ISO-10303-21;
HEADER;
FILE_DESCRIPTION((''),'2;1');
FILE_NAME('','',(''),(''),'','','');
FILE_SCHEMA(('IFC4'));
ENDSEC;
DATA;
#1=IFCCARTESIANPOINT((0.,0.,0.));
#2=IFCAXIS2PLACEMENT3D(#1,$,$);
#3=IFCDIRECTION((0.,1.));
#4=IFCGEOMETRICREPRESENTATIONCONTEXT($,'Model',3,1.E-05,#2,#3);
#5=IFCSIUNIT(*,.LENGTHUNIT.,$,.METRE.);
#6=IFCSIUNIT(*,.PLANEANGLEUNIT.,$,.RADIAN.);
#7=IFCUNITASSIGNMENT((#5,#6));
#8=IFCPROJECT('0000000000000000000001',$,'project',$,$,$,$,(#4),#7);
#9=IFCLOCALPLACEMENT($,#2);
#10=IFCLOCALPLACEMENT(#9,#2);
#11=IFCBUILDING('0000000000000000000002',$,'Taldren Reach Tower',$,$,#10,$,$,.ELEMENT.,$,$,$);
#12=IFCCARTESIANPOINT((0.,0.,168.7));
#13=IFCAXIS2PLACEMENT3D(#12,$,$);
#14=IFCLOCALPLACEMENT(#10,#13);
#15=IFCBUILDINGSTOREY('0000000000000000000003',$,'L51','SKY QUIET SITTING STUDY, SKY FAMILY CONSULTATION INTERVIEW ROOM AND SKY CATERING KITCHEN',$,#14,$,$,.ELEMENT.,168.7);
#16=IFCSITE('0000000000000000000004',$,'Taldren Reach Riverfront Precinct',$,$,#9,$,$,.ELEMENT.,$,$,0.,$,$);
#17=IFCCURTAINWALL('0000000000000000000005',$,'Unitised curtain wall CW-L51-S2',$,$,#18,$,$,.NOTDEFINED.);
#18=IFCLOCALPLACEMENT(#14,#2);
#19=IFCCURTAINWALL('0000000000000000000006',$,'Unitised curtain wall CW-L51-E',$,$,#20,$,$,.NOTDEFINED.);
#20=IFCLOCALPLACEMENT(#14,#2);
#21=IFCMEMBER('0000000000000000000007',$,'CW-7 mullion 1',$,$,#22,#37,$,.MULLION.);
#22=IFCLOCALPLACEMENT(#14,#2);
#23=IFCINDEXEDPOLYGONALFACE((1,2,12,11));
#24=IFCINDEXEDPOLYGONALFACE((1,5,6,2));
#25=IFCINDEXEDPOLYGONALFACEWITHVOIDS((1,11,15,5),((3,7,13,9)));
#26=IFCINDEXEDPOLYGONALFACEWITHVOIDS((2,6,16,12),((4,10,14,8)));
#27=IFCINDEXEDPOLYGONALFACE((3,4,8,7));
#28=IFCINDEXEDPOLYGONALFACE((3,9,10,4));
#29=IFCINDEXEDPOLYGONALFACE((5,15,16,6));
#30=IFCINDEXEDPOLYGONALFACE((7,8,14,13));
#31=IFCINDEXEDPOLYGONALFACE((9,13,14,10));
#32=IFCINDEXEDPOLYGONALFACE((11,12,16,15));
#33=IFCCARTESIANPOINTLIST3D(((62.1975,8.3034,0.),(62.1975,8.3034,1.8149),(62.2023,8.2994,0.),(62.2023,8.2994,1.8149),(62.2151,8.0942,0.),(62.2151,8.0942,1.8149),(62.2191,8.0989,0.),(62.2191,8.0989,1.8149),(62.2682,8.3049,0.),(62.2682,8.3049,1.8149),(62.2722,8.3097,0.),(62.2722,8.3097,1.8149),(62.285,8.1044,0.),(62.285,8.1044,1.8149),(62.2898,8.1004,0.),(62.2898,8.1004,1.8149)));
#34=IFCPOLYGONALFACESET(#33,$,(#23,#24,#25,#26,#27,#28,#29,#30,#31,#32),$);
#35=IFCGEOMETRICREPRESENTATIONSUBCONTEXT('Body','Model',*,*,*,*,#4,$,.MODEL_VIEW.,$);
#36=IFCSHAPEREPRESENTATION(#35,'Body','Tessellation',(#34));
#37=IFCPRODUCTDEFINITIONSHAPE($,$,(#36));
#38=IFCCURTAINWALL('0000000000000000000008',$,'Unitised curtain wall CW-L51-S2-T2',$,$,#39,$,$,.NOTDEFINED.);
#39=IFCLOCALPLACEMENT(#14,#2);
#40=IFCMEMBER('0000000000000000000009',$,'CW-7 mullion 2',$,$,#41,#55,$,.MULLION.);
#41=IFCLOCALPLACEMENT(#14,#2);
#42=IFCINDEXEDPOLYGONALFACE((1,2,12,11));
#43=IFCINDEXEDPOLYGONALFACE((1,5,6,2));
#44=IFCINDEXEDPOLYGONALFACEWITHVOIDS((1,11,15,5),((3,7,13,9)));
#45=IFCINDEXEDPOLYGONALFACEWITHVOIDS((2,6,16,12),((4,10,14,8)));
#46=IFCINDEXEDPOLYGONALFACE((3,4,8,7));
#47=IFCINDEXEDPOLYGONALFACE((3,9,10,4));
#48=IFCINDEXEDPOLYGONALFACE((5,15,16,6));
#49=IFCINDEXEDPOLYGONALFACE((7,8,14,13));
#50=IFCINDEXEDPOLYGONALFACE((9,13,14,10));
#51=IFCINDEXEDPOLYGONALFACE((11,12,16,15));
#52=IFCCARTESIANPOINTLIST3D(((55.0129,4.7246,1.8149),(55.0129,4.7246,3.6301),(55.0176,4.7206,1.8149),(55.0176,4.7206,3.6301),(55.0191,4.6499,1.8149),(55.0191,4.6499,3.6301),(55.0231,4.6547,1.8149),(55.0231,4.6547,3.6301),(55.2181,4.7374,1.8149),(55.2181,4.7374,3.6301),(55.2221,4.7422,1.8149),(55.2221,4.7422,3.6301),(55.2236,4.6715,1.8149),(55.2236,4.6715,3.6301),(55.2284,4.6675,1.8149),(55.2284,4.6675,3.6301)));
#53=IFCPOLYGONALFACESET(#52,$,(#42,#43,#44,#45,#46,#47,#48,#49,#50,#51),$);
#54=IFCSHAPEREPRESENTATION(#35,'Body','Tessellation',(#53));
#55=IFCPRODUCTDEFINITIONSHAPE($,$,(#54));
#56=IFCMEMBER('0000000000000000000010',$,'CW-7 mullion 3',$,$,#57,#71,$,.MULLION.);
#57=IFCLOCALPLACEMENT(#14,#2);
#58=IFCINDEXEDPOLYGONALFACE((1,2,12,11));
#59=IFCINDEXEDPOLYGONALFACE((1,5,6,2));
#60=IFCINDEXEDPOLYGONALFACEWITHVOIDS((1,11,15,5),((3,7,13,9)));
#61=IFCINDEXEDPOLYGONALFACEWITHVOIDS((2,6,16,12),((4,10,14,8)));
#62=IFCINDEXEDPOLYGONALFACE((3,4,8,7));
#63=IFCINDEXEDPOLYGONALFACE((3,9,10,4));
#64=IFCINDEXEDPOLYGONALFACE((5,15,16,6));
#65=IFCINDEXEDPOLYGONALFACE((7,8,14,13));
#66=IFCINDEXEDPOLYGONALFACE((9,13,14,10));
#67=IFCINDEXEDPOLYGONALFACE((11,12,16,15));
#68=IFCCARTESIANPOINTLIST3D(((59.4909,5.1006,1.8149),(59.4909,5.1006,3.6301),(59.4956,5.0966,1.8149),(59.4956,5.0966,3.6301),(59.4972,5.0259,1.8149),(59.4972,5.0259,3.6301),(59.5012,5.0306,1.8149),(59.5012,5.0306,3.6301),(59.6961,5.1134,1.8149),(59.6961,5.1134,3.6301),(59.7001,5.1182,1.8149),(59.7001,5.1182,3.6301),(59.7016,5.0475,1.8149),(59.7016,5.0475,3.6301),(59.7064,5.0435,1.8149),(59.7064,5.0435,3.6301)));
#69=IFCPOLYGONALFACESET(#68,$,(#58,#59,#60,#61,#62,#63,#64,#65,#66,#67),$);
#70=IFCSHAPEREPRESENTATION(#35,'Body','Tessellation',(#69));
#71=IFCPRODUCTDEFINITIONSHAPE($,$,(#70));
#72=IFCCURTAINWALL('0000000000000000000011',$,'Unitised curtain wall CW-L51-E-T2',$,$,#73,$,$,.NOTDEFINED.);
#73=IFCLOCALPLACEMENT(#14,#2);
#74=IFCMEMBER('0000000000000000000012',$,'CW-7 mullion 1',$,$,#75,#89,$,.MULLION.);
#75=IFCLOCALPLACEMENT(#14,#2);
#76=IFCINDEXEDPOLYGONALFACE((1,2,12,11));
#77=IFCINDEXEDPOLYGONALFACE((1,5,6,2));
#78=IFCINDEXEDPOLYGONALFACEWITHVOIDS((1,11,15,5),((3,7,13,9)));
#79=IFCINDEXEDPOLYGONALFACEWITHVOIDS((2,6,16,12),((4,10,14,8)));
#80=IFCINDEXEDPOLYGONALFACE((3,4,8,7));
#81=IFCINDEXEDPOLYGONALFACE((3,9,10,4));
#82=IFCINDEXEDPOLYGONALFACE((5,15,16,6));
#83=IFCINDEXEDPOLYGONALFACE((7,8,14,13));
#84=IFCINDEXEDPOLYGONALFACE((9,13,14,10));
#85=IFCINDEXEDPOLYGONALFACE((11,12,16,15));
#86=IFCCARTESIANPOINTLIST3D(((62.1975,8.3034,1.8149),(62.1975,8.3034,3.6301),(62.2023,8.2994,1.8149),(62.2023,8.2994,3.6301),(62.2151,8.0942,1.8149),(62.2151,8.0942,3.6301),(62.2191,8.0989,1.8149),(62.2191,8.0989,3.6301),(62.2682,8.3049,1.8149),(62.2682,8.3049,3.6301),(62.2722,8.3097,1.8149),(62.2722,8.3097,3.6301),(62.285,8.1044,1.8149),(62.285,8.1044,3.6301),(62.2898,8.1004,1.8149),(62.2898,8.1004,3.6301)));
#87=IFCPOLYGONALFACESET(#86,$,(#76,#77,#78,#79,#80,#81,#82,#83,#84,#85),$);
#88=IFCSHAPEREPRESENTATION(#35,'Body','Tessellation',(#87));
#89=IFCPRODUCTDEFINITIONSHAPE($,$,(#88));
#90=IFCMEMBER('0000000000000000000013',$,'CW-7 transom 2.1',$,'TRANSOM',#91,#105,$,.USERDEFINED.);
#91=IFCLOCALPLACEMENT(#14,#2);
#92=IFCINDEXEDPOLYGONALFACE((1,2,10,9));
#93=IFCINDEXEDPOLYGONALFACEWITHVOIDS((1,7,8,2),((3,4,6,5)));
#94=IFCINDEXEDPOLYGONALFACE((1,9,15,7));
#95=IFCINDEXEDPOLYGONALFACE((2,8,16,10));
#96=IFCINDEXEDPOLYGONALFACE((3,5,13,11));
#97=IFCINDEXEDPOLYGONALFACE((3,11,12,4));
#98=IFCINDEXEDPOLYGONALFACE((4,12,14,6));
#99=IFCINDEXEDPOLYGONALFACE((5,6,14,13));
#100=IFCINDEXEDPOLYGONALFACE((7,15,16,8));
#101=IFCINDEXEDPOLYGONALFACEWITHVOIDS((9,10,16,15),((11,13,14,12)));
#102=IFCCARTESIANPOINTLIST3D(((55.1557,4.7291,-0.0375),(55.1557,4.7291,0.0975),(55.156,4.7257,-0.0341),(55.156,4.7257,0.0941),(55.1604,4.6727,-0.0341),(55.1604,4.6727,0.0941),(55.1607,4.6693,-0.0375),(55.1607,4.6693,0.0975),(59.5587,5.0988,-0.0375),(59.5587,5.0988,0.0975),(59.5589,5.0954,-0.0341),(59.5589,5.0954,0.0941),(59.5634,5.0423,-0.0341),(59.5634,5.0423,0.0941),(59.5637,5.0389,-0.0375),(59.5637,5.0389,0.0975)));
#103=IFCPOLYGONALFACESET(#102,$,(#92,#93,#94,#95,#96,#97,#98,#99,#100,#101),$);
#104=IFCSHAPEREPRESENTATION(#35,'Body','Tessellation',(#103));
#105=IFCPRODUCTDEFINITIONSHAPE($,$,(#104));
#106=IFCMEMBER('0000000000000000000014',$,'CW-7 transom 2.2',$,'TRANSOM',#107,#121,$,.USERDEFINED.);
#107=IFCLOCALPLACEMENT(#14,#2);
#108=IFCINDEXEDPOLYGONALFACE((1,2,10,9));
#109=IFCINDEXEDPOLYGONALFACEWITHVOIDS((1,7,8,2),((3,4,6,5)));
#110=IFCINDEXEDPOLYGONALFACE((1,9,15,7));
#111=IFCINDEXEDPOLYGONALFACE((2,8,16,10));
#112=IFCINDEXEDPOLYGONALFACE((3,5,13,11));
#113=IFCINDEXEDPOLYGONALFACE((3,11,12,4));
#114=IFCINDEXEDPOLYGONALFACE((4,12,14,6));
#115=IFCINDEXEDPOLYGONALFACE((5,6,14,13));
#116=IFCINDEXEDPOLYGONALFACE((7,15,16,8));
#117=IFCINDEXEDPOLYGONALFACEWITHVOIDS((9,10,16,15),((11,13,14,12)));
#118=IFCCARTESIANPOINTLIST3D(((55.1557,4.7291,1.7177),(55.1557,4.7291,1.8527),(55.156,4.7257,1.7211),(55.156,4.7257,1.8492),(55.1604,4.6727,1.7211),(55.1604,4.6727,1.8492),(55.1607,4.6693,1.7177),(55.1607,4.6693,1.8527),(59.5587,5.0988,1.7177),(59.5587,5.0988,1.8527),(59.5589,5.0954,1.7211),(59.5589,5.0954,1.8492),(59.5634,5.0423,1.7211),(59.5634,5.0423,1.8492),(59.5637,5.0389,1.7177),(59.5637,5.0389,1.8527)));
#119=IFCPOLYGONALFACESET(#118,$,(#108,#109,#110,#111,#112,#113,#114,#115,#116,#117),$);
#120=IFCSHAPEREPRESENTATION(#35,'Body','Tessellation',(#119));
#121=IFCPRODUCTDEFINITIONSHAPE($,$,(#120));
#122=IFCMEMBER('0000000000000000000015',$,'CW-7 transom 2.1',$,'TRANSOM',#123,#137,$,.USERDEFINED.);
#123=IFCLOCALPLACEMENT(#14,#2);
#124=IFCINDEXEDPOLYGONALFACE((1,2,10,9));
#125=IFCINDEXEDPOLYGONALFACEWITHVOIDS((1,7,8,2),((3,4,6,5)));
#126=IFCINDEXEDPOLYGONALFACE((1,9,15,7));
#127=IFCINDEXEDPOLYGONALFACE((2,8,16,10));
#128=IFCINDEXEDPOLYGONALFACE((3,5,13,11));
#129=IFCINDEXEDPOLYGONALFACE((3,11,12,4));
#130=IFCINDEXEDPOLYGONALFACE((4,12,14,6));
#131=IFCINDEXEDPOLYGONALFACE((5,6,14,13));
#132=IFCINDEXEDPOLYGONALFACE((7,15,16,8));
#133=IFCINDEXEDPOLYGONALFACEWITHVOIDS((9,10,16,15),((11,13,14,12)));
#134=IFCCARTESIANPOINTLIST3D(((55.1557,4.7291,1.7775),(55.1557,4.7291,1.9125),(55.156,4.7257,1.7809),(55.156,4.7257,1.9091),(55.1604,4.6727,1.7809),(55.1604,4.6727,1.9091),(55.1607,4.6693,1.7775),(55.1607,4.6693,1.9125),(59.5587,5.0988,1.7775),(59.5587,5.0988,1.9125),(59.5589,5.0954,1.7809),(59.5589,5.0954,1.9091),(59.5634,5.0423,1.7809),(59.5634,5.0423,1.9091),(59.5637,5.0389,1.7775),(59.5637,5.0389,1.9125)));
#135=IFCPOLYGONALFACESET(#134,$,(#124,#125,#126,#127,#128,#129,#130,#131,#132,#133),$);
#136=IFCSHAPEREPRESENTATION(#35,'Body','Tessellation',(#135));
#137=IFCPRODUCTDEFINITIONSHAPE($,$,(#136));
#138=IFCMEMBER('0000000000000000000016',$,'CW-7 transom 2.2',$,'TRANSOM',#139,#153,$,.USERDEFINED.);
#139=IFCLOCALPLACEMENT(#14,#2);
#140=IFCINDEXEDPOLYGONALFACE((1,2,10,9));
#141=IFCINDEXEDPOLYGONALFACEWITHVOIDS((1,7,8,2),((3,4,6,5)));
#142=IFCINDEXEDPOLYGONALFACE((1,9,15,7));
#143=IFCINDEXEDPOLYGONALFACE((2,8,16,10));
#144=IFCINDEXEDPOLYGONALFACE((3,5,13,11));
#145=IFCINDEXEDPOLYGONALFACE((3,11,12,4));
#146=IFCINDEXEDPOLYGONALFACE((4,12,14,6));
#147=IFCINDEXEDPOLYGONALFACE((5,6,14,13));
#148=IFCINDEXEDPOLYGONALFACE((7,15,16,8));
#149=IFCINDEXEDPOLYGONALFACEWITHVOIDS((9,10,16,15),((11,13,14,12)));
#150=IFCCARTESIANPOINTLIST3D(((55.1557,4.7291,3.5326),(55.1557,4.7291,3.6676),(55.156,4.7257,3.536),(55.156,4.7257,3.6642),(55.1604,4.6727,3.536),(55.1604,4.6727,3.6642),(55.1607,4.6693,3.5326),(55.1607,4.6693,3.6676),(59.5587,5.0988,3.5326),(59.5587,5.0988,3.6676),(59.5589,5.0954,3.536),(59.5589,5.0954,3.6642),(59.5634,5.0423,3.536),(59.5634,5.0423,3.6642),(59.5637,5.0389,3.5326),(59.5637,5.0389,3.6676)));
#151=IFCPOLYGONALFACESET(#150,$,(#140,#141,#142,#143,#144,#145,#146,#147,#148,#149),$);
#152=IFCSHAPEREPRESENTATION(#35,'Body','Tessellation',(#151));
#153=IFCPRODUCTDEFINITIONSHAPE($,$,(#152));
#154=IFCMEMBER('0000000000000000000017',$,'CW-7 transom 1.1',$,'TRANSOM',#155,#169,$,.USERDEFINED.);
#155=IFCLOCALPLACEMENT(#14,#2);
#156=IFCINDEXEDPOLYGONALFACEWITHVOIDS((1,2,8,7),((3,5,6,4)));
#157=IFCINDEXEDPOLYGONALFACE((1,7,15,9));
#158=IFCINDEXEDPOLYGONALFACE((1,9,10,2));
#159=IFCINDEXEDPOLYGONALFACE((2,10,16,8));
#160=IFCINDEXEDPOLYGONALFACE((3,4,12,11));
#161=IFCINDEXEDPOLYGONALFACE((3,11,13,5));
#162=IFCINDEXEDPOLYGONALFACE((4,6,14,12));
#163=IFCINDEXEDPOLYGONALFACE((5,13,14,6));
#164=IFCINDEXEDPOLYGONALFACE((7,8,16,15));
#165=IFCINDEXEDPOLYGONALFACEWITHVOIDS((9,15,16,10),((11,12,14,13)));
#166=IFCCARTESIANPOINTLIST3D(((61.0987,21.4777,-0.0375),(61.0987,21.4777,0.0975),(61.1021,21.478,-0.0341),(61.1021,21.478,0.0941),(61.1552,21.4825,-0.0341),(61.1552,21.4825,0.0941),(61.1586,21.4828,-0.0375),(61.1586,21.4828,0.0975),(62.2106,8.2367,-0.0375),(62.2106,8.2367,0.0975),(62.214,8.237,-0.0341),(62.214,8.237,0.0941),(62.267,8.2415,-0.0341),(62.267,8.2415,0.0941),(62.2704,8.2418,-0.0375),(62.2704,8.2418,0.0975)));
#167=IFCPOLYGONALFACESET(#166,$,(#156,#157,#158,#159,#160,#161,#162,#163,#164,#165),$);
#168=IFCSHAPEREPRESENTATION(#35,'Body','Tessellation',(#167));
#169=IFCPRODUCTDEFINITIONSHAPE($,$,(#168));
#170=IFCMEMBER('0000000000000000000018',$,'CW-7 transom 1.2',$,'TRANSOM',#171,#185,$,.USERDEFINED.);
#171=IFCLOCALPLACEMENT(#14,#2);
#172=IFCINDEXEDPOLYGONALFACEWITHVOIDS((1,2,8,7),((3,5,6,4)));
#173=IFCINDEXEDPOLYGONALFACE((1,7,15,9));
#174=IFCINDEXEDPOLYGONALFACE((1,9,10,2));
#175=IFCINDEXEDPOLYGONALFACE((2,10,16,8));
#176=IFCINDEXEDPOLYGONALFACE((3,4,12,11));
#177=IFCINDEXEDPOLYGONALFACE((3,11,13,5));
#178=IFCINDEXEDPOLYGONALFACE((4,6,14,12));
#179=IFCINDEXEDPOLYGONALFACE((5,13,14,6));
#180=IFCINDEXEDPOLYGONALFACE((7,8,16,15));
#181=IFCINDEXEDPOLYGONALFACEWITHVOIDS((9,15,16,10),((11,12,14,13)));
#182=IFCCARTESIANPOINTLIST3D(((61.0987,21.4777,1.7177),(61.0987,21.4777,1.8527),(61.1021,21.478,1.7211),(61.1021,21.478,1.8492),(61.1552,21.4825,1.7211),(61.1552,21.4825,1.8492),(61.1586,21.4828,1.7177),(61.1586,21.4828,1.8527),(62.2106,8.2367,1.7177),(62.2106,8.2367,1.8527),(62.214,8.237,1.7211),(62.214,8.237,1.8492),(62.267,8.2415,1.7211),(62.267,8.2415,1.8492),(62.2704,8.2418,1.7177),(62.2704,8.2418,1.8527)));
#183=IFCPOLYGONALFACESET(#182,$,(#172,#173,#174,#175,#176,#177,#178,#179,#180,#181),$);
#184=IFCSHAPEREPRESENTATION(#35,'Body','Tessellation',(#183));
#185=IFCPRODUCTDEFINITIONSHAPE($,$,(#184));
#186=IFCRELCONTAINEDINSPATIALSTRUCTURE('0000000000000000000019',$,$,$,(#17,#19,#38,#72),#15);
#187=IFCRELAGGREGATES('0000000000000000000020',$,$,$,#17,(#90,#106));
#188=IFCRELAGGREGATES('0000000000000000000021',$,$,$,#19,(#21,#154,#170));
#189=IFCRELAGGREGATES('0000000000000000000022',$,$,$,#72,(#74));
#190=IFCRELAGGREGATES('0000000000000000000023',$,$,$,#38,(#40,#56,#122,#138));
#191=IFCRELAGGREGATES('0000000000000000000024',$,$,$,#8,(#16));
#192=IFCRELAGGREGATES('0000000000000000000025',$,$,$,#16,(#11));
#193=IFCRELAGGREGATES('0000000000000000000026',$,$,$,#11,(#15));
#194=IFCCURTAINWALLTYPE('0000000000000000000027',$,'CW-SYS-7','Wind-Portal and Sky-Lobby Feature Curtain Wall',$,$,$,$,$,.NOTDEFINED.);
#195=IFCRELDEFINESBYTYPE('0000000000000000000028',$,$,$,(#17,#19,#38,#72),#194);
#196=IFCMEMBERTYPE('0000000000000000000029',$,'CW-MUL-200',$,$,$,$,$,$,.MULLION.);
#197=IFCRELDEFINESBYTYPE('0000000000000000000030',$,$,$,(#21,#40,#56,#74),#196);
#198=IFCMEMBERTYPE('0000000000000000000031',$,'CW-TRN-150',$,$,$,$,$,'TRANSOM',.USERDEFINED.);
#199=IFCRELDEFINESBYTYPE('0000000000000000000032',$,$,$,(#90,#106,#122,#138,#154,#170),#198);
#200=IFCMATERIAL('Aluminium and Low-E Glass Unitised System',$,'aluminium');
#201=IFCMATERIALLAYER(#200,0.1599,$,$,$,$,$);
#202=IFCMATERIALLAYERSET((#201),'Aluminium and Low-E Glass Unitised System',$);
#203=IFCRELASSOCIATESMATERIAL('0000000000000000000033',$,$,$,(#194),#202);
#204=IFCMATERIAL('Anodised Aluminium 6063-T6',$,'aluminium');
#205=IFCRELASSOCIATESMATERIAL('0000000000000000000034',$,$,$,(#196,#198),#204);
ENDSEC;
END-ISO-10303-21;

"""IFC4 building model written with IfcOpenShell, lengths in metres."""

from ifc_helpers import new_model, si_unit, direction, frame, origin, origin_2d, place, context, subcontext, project, spatial, hollow_rectangle, extrude, source, transform, mapped, material, layer, layer_set, material_profile, profile_set, type_object, element, aggregate, save


model = new_model("IFC4")

# Units and contexts
model_context = context("Model", 3, precision=1e-05, world=origin(), true_north=direction((0.0, 1.0)))
body_context = subcontext(model_context, "Body", "Model", "MODEL_VIEW")
ifc_project = project(units=[si_unit("LENGTHUNIT", "METRE"), si_unit("PLANEANGLEUNIT", "RADIAN")], contexts=[model_context])

# Site, building, storey
site_placement = place(None, origin())
site = spatial("IfcSite", under=ifc_project, at=site_placement, Name="Taldren Reach Riverfront Precinct", CompositionType="ELEMENT", RefElevation=0.0)
building_placement = place(site_placement, origin())
building = spatial("IfcBuilding", under=site, at=building_placement, Name="Taldren Reach Tower", CompositionType="ELEMENT")
storey_placement = place(building_placement, frame((0.0, 0.0, 168.7)))
storey = spatial("IfcBuildingStorey", under=building, at=storey_placement, Name="L51", Description="SKY QUIET SITTING STUDY, SKY FAMILY CONSULTATION INTERVIEW ROOM AND SKY CATERING KITCHEN", CompositionType="ELEMENT", Elevation=168.7)

# Curtain wall
ifc_material_1 = material(Name="Aluminium and Low-E Glass Unitised System", Category="aluminium")
ifc_layer_1 = layer(ifc_material_1, 0.1599)
ifc_layer_set_1 = layer_set([ifc_layer_1], Name="Aluminium and Low-E Glass Unitised System")
curtain_wall_type = type_object("IfcCurtainWallType", Name="CW-SYS-7", Description="Wind-Portal and Sky-Lobby Feature Curtain Wall", PredefinedType="NOTDEFINED", material=ifc_layer_set_1)
curtain_wall_1_placement = place(storey_placement, origin())
curtain_wall_1 = element("IfcCurtainWall", 1, at=curtain_wall_1_placement, inside=storey, type_object=curtain_wall_type, Name="Unitised curtain wall CW-L51-S2", PredefinedType="NOTDEFINED")
ifc_material_2 = material(Name="Anodised Aluminium 6063-T6", Category="aluminium")
ifc_material_profile_1 = material_profile(ifc_material_2, hollow_rectangle(XDim=0.075, YDim=0.21, WallThickness=0.0044, at=origin_2d()), Name="ALU-210x75x4.5RHS")
ifc_profile_set_1 = profile_set([ifc_material_profile_1], Name="Anodised Aluminium 6063-T6")
member_type_1 = type_object("IfcMemberType", Name="CW-MUL-200", PredefinedType="MULLION", material=ifc_profile_set_1)
shared_shape_1 = source(origin(), body_context, "Body", "SweptSolid", [
    extrude(hollow_rectangle(XDim=0.075, YDim=0.21, WallThickness=0.0044, at=origin_2d()), origin(), (0.0, 0.0, 1.0), 1.8149),
])

# Curtain wall, member
curtain_wall_2_placement = place(storey_placement, origin())
curtain_wall_2 = element("IfcCurtainWall", 2, at=curtain_wall_2_placement, inside=storey, type_object=curtain_wall_type, Name="Unitised curtain wall CW-L51-E", PredefinedType="NOTDEFINED")
member_1_placement = place(storey_placement, frame((62.2437, 8.2019, 0.0), z_axis=(0.0, 0.0, 1.0), x_axis=(-0.996493, -0.083678, 0.0)))
member_1 = element("IfcMember", 3, at=member_1_placement, type_object=member_type_1, Name="CW-7 mullion 1", PredefinedType="MULLION", context=body_context, shape_type="MappedRepresentation", body=[
    mapped(shared_shape_1, transform((0.0, 0.0, 0.0), scale=1.0)),
])

# Curtain wall, members
curtain_wall_3_placement = place(storey_placement, origin())
curtain_wall_3 = element("IfcCurtainWall", 4, at=curtain_wall_3_placement, inside=storey, type_object=curtain_wall_type, Name="Unitised curtain wall CW-L51-S2-T2", PredefinedType="NOTDEFINED")
shared_shape_2 = source(origin(), body_context, "Body", "SweptSolid", [
    extrude(hollow_rectangle(XDim=0.075, YDim=0.21, WallThickness=0.0044, at=origin_2d()), origin(), (0.0, 0.0, 1.0), 1.8152),
])
member_2_placement = place(storey_placement, frame((55.1206, 4.696, 1.8149), z_axis=(0.0, 0.0, 1.0), x_axis=(-0.083678, 0.996493, 0.0)))
member_2 = element("IfcMember", 5, at=member_2_placement, type_object=member_type_1, Name="CW-7 mullion 2", PredefinedType="MULLION", context=body_context, shape_type="MappedRepresentation", body=[
    mapped(shared_shape_2, transform((0.0, 0.0, 0.0), scale=1.0)),
])
member_3_placement = place(storey_placement, frame((59.5986, 5.072, 1.8149), z_axis=(0.0, 0.0, 1.0), x_axis=(-0.083678, 0.996493, 0.0)))
member_3 = element("IfcMember", 6, at=member_3_placement, type_object=member_type_1, Name="CW-7 mullion 3", PredefinedType="MULLION", context=body_context, shape_type="MappedRepresentation", body=[
    mapped(shared_shape_2, transform((0.0, 0.0, 0.0), scale=1.0)),
])

# Curtain wall, member
curtain_wall_4_placement = place(storey_placement, origin())
curtain_wall_4 = element("IfcCurtainWall", 7, at=curtain_wall_4_placement, inside=storey, type_object=curtain_wall_type, Name="Unitised curtain wall CW-L51-E-T2", PredefinedType="NOTDEFINED")
member_4_placement = place(storey_placement, frame((62.2437, 8.2019, 1.8149), z_axis=(0.0, 0.0, 1.0), x_axis=(-0.996493, -0.083678, 0.0)))
member_4 = element("IfcMember", 8, at=member_4_placement, type_object=member_type_1, Name="CW-7 mullion 1", PredefinedType="MULLION", context=body_context, shape_type="MappedRepresentation", body=[
    mapped(shared_shape_2, transform((0.0, 0.0, 0.0), scale=1.0)),
])

# Members
ifc_material_profile_2 = material_profile(ifc_material_2, hollow_rectangle(XDim=0.0601, YDim=0.135, WallThickness=0.0034, at=origin_2d()), Name="ALU-135x60x3.5RHS")
ifc_profile_set_2 = profile_set([ifc_material_profile_2], Name="Anodised Aluminium 6063-T6")
member_type_2 = type_object("IfcMemberType", Name="CW-TRN-150", ElementType="TRANSOM", PredefinedType="USERDEFINED", material=ifc_profile_set_2)
shared_shape_3 = source(origin(), body_context, "Body", "SweptSolid", [
    extrude(hollow_rectangle(XDim=0.0601, YDim=0.135, WallThickness=0.0034, at=origin_2d()), origin(), (0.0, 0.0, 1.0), 4.4185),
])
member_5_placement = place(storey_placement, frame((55.1582, 4.6992, 0.03), z_axis=(0.996495, 0.083654, 0.0), x_axis=(-0.083654, 0.996495, 0.0)))
member_5 = element("IfcMember", 9, at=member_5_placement, type_object=member_type_2, Name="CW-7 transom 2.1", ObjectType="TRANSOM", PredefinedType="USERDEFINED", context=body_context, shape_type="MappedRepresentation", body=[
    mapped(shared_shape_3, transform((0.0, 0.0, 0.0), scale=1.0)),
])
member_6_placement = place(storey_placement, frame((55.1582, 4.6992, 1.7852), z_axis=(0.996495, 0.083654, 0.0), x_axis=(-0.083654, 0.996495, 0.0)))
member_6 = element("IfcMember", 10, at=member_6_placement, type_object=member_type_2, Name="CW-7 transom 2.2", ObjectType="TRANSOM", PredefinedType="USERDEFINED", context=body_context, shape_type="MappedRepresentation", body=[
    mapped(shared_shape_3, transform((0.0, 0.0, 0.0), scale=1.0)),
])
aggregate(curtain_wall_1, [member_5, member_6])
member_7_placement = place(storey_placement, frame((55.1582, 4.6992, 1.845), z_axis=(0.996495, 0.083654, 0.0), x_axis=(-0.083654, 0.996495, 0.0)))
member_7 = element("IfcMember", 11, at=member_7_placement, type_object=member_type_2, Name="CW-7 transom 2.1", ObjectType="TRANSOM", PredefinedType="USERDEFINED", context=body_context, shape_type="MappedRepresentation", body=[
    mapped(shared_shape_3, transform((0.0, 0.0, 0.0), scale=1.0)),
])
member_8_placement = place(storey_placement, frame((55.1582, 4.6992, 3.6001), z_axis=(0.996495, 0.083654, 0.0), x_axis=(-0.083654, 0.996495, 0.0)))
member_8 = element("IfcMember", 12, at=member_8_placement, type_object=member_type_2, Name="CW-7 transom 2.2", ObjectType="TRANSOM", PredefinedType="USERDEFINED", context=body_context, shape_type="MappedRepresentation", body=[
    mapped(shared_shape_3, transform((0.0, 0.0, 0.0), scale=1.0)),
])
shared_shape_4 = source(origin(), body_context, "Body", "SweptSolid", [
    extrude(hollow_rectangle(XDim=0.0601, YDim=0.135, WallThickness=0.0034, at=origin_2d()), origin(), (0.0, 0.0, 1.0), 13.2876),
])
member_9_placement = place(storey_placement, frame((62.2405, 8.2393, 0.03), z_axis=(-0.083673, 0.996493, 0.0), x_axis=(-0.996493, -0.083673, 0.0)))
member_9 = element("IfcMember", 13, at=member_9_placement, type_object=member_type_2, Name="CW-7 transom 1.1", ObjectType="TRANSOM", PredefinedType="USERDEFINED", context=body_context, shape_type="MappedRepresentation", body=[
    mapped(shared_shape_4, transform((0.0, 0.0, 0.0), scale=1.0)),
])
member_10_placement = place(storey_placement, frame((62.2405, 8.2393, 1.7852), z_axis=(-0.083673, 0.996493, 0.0), x_axis=(-0.996493, -0.083673, 0.0)))
member_10 = element("IfcMember", 14, at=member_10_placement, type_object=member_type_2, Name="CW-7 transom 1.2", ObjectType="TRANSOM", PredefinedType="USERDEFINED", context=body_context, shape_type="MappedRepresentation", body=[
    mapped(shared_shape_4, transform((0.0, 0.0, 0.0), scale=1.0)),
])
aggregate(curtain_wall_2, [member_1, member_9, member_10])
aggregate(curtain_wall_4, [member_4])

aggregate(curtain_wall_3, [member_2, member_3, member_7, member_8])

save(model, "model.ifc")
